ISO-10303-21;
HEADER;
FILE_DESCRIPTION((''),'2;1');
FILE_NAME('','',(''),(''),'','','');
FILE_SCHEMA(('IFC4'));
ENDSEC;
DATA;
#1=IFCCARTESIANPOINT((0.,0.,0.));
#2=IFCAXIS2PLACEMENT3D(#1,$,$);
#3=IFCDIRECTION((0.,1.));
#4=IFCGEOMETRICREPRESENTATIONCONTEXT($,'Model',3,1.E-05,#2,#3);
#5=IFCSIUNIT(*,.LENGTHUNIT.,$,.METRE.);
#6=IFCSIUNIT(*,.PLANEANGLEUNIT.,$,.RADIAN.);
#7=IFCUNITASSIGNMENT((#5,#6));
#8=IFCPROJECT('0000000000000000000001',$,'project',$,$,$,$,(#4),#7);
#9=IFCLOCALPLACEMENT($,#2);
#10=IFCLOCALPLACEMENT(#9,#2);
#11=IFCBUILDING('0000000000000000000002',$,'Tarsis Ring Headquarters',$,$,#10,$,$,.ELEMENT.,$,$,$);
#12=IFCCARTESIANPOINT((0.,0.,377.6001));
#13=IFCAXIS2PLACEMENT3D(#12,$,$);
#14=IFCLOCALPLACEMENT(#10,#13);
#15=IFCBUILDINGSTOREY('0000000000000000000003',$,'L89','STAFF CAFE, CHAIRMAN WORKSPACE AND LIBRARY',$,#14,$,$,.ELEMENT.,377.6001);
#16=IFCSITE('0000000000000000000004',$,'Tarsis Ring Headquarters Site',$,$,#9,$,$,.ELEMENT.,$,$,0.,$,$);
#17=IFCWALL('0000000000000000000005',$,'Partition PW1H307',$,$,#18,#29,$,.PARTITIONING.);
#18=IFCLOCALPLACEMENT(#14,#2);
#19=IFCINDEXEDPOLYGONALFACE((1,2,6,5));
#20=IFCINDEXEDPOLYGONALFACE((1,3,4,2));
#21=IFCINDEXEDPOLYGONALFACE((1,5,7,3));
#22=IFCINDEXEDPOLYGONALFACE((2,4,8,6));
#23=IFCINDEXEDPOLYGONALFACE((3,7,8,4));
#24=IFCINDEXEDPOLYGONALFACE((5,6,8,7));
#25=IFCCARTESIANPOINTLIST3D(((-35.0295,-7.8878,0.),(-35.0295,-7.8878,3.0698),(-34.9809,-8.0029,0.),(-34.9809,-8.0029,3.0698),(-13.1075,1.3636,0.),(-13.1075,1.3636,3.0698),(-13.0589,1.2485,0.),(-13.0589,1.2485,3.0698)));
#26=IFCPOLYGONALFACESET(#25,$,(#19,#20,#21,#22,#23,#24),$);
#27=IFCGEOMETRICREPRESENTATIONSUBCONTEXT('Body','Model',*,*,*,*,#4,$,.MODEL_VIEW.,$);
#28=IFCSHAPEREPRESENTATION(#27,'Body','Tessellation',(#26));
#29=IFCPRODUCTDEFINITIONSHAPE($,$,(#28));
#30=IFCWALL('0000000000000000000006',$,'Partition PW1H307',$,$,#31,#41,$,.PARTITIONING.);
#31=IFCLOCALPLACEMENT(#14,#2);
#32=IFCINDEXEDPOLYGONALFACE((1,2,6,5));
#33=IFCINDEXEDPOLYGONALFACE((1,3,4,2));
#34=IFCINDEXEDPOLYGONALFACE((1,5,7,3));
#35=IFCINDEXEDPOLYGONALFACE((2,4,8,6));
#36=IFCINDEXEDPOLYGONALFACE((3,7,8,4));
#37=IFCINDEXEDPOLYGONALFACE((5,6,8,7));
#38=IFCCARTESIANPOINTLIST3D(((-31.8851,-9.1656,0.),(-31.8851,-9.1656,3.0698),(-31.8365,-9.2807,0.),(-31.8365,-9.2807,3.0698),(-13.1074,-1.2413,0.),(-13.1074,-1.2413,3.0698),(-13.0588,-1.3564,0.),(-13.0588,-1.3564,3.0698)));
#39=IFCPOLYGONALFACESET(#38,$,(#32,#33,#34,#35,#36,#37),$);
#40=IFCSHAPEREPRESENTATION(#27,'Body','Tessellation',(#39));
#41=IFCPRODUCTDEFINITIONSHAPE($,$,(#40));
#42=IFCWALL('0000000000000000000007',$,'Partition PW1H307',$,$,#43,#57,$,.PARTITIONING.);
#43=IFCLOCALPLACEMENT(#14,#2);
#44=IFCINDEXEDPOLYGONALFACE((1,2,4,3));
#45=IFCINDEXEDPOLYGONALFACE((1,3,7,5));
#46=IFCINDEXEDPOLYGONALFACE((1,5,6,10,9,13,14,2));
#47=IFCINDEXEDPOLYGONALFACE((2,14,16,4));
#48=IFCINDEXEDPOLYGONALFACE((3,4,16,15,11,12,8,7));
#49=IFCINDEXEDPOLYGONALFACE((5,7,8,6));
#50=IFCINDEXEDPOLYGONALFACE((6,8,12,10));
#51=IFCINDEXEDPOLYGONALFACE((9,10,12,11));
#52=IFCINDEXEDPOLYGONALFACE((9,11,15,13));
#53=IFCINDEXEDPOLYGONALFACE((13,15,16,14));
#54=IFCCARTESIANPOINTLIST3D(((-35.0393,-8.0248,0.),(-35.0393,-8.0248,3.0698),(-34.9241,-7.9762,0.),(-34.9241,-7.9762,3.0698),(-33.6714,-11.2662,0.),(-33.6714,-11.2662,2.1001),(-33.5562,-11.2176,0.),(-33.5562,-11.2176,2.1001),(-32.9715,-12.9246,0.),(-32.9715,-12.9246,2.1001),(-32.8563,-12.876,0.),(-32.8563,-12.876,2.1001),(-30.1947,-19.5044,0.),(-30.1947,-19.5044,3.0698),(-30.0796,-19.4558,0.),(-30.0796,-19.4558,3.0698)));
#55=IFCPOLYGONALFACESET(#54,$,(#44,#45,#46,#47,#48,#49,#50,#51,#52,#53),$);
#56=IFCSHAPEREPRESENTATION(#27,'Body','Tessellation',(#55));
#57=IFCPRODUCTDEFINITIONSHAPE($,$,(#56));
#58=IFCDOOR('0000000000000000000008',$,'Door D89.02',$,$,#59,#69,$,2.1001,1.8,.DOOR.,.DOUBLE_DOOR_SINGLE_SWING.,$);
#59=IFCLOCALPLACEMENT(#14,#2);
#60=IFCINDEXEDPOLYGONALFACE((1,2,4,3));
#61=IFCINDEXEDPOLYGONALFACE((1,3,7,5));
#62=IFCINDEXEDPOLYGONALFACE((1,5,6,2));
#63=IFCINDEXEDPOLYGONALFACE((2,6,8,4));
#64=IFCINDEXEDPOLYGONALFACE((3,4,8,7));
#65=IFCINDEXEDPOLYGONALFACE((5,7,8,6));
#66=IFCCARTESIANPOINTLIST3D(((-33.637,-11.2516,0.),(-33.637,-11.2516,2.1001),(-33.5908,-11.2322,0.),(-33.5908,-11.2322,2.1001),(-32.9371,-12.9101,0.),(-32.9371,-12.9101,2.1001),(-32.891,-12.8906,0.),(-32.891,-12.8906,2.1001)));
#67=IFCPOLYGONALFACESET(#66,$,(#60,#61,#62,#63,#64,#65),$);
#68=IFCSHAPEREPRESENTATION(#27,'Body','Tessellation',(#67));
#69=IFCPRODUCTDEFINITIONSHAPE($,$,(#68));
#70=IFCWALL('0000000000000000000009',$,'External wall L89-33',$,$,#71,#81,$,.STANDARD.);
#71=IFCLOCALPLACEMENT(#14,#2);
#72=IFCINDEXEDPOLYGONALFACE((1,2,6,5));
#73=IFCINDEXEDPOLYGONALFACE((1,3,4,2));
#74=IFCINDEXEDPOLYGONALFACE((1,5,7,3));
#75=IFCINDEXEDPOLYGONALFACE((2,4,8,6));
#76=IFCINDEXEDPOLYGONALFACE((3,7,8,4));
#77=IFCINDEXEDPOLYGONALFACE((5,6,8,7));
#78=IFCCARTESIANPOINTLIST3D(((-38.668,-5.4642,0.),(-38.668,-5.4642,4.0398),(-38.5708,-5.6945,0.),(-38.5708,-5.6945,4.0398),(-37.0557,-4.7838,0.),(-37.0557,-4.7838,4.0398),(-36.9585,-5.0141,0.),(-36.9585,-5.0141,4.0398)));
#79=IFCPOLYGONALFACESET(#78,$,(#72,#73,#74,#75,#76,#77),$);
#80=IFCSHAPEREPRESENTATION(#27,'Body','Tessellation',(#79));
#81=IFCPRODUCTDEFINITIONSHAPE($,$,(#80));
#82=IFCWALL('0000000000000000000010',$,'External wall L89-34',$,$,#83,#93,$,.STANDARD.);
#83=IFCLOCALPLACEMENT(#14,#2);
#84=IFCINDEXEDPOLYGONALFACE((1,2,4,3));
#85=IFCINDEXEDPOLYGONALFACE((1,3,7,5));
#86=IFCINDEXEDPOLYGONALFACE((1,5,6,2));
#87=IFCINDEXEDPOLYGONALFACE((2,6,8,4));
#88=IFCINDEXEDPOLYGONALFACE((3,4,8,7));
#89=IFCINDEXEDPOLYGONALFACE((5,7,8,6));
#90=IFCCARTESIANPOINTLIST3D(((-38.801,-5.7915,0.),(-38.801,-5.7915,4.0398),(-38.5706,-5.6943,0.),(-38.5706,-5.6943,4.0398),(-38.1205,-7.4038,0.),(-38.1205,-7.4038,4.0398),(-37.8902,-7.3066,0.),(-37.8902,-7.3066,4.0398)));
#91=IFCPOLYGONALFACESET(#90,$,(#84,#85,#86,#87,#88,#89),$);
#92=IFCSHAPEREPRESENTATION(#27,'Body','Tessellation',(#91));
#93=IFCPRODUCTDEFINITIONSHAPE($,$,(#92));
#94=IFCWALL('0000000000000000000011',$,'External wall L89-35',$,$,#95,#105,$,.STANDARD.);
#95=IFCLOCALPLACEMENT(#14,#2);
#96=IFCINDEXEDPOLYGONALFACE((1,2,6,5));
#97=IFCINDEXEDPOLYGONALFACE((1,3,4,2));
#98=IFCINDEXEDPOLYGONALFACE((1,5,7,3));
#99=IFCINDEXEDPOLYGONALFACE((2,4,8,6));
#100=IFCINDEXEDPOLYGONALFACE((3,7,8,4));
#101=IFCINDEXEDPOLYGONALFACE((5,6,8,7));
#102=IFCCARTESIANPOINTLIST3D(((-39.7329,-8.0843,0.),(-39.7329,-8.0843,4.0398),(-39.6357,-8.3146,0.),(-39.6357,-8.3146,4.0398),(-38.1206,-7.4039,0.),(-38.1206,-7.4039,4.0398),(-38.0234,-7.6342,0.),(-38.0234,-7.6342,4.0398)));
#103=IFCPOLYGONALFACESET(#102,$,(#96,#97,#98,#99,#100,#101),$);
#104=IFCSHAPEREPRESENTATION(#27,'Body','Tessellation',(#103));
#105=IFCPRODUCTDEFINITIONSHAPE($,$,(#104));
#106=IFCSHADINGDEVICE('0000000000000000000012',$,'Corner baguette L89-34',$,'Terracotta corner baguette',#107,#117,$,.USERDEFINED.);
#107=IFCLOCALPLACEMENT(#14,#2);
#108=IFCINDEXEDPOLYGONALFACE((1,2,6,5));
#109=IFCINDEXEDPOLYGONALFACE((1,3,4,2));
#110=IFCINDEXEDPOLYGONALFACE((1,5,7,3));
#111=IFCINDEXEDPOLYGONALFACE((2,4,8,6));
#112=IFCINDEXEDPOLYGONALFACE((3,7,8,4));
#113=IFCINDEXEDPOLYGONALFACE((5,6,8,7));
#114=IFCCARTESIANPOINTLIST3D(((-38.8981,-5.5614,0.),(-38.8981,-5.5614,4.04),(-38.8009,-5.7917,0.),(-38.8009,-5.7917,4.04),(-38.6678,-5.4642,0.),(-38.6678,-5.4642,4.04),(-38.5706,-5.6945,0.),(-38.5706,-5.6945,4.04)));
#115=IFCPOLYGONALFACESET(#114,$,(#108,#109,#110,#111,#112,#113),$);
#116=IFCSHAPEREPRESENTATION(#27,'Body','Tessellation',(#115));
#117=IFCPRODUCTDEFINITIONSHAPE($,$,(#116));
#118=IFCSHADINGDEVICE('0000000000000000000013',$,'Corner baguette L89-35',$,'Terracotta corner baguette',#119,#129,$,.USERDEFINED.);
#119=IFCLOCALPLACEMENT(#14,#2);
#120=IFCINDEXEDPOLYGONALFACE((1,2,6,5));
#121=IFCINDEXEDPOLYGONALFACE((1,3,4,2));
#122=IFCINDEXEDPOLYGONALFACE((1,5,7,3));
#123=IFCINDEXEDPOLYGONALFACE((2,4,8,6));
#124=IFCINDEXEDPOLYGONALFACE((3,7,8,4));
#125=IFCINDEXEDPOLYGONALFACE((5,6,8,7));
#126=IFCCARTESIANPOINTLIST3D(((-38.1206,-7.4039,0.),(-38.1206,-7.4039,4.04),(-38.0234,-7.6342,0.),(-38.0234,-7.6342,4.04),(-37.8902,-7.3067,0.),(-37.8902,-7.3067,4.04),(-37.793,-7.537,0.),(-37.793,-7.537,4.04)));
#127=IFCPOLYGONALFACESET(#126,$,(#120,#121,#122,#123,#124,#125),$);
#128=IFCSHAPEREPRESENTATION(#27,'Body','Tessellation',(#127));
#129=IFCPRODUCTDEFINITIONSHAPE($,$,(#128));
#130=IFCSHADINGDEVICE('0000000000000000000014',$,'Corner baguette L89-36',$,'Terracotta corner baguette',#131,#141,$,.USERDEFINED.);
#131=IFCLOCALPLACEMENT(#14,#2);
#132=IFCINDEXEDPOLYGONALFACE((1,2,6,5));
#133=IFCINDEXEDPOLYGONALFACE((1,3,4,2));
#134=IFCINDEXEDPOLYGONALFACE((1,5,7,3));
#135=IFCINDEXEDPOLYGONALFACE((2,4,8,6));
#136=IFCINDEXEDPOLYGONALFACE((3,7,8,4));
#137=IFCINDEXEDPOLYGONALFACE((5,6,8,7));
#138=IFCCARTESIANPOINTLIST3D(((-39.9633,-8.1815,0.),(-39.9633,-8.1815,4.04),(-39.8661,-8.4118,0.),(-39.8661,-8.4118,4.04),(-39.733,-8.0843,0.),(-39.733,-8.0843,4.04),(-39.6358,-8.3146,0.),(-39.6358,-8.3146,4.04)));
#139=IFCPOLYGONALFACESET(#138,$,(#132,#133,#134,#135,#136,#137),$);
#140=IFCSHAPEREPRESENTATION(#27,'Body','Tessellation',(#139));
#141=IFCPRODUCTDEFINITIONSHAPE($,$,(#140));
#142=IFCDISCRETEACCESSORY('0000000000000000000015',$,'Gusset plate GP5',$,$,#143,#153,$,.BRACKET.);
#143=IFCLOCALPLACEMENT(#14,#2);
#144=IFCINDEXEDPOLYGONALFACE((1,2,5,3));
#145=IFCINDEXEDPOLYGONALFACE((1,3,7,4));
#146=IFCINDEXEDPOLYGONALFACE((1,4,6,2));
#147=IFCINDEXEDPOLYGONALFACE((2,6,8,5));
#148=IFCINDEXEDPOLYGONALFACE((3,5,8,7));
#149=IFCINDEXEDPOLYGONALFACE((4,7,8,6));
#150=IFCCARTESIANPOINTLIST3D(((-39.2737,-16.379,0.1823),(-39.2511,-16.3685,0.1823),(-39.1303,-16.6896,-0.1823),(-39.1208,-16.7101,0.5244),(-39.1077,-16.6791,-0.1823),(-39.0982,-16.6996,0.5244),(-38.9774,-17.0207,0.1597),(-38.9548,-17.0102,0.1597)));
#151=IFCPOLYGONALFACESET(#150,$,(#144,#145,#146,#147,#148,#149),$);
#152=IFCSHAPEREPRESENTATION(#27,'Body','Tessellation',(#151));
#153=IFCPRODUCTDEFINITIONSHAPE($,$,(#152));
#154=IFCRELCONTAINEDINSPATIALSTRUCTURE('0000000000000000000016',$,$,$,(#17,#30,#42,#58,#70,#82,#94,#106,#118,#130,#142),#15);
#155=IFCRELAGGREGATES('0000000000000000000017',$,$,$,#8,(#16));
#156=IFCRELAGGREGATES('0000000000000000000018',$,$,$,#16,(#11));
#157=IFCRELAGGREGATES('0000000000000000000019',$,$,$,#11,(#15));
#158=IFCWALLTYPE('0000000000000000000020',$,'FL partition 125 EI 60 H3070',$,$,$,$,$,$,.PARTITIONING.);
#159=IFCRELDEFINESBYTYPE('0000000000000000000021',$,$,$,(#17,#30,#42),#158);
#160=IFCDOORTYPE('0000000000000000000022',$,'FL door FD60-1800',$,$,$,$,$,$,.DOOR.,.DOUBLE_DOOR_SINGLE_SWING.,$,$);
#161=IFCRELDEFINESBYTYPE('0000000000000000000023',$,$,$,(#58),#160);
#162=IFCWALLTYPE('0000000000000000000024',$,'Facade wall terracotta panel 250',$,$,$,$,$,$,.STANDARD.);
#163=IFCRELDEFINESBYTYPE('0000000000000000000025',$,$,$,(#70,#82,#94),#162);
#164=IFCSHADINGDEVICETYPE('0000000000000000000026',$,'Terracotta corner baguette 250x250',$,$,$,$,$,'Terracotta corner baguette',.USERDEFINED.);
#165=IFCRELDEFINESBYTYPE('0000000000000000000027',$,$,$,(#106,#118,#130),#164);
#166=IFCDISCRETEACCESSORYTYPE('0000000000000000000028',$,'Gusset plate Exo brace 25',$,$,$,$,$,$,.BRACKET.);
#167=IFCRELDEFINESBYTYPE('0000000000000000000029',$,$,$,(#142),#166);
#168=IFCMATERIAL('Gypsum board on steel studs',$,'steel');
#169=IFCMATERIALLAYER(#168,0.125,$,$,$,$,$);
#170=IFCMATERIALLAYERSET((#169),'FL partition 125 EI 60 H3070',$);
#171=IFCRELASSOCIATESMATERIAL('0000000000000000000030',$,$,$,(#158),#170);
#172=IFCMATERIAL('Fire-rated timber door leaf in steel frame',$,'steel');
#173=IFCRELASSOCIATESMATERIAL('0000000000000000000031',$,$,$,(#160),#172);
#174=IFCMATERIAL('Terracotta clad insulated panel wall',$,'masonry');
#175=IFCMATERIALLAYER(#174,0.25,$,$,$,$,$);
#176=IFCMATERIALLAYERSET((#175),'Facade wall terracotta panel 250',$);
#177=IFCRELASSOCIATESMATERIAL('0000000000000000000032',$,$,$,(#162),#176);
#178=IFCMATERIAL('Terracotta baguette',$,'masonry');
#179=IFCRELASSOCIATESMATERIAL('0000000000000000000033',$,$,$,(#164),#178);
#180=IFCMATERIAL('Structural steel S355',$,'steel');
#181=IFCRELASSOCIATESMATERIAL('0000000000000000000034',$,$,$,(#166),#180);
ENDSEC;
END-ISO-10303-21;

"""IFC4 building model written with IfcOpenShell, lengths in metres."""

from ifc_helpers import new_model, si_unit, direction, frame, frame_2d, origin, origin_2d, place, context, subcontext, project, spatial, rectangle, extrude, material, layer, layer_set, material_profile, profile_set, type_object, element, fill, save


model = new_model("IFC4")

# Units and contexts
model_context = context("Model", 3, precision=1e-05, world=origin(), true_north=direction((0.0, 1.0)))
body_context = subcontext(model_context, "Body", "Model", "MODEL_VIEW")
ifc_project = project(units=[si_unit("LENGTHUNIT", "METRE"), si_unit("PLANEANGLEUNIT", "RADIAN")], contexts=[model_context])

# Site, building, storey
site_placement = place(None, origin())
site = spatial("IfcSite", under=ifc_project, at=site_placement, Name="Tarsis Ring Headquarters Site", CompositionType="ELEMENT", RefElevation=0.0)
building_placement = place(site_placement, origin())
building = spatial("IfcBuilding", under=site, at=building_placement, Name="Tarsis Ring Headquarters", CompositionType="ELEMENT")
storey_placement = place(building_placement, frame((0.0, 0.0, 377.6001)))
storey = spatial("IfcBuildingStorey", under=building, at=storey_placement, Name="L89", Description="STAFF CAFE, CHAIRMAN WORKSPACE AND LIBRARY", CompositionType="ELEMENT", Elevation=377.6001)

# Walls
ifc_material_1 = material(Name="Gypsum board on steel studs", Category="steel")
ifc_layer_1 = layer(ifc_material_1, 0.125)
ifc_layer_set_1 = layer_set([ifc_layer_1], Name="FL partition 125 EI 60 H3070")
wall_type_1 = type_object("IfcWallType", Name="FL partition 125 EI 60 H3070", PredefinedType="PARTITIONING", material=ifc_layer_set_1)
wall_1_placement = place(storey_placement, frame((-35.0051, -7.9453, 0.0), z_axis=(0.0, 0.0, 1.0), x_axis=(0.921318, 0.38881, 0.0)))
element("IfcWall", 1, at=wall_1_placement, inside=storey, type_object=wall_type_1, Name="Partition PW1H307", PredefinedType="PARTITIONING", context=body_context, shape_type="SweptSolid", body=[
    extrude(rectangle(XDim=23.7942, YDim=0.125, at=frame_2d((11.897, 0.0))), origin(), (0.0, 0.0, 1.0), 3.0698),
])
wall_2_placement = place(storey_placement, frame((-31.8608, -9.2231, 0.0), z_axis=(0.0, 0.0, 1.0), x_axis=(0.921322, 0.388801, 0.0)))
element("IfcWall", 2, at=wall_2_placement, inside=storey, type_object=wall_type_1, Name="Partition PW1H307", PredefinedType="PARTITIONING", context=body_context, shape_type="SweptSolid", body=[
    extrude(rectangle(XDim=20.3813, YDim=0.125, at=frame_2d((10.1907, 0.0))), origin(), (0.0, 0.0, 1.0), 3.0698),
])

# Wall, opening, door
wall_3_placement = place(storey_placement, frame((-34.9817, -8.0005, 0.0), z_axis=(0.0, 0.0, 1.0), x_axis=(0.388808, -0.921319, 0.0)))
wall_3 = element("IfcWall", 3, at=wall_3_placement, inside=storey, type_object=wall_type_1, Name="Partition PW1H307", PredefinedType="PARTITIONING", context=body_context, shape_type="SweptSolid", body=[
    extrude(rectangle(XDim=12.46, YDim=0.125, at=frame_2d((6.23, 0.0))), origin(), (0.0, 0.0, 1.0), 3.0698),
])
opening_placement = place(wall_3_placement, frame((3.5183, 0.0, 0.0)))
opening = element("IfcOpeningElement", 4, at=opening_placement, cuts=wall_3, PredefinedType="OPENING", context=body_context, shape_type="SweptSolid", body=[
    extrude(rectangle(XDim=1.8, YDim=2.1001, at=frame_2d((0.8999, 1.05))), frame((0.0, 0.0725, 0.0), z_axis=(0.0, -1.0, 0.0), x_axis=(1.0, 0.0, 0.0)), (0.0, 0.0, 1.0), 0.145),
])
ifc_material_2 = material(Name="Fire-rated timber door leaf in steel frame", Category="steel")
door_type = type_object("IfcDoorType", Name="FL door FD60-1800", OperationType="DOUBLE_DOOR_SINGLE_SWING", PredefinedType="DOOR", material=ifc_material_2)
door_placement = place(opening_placement, origin())
door = element("IfcDoor", 5, at=door_placement, inside=storey, type_object=door_type, Name="Door D89.02", OperationType="DOUBLE_DOOR_SINGLE_SWING", OverallHeight=2.1001, OverallWidth=1.8, PredefinedType="DOOR", context=body_context, shape_type="SweptSolid", body=[
    extrude(rectangle(XDim=1.8, YDim=2.1001, at=frame_2d((0.8999, 1.05))), frame((0.0, 0.0249, 0.0), z_axis=(0.0, -1.0, 0.0), x_axis=(1.0, 0.0, 0.0)), (0.0, 0.0, 1.0), 0.05),
])
fill(opening, door)

# Walls
ifc_material_3 = material(Name="Terracotta clad insulated panel wall", Category="masonry")
ifc_layer_2 = layer(ifc_material_3, 0.25)
ifc_layer_set_2 = layer_set([ifc_layer_2], Name="Facade wall terracotta panel 250")
wall_type_2 = type_object("IfcWallType", Name="Facade wall terracotta panel 250", PredefinedType="STANDARD", material=ifc_layer_set_2)
for number, where, z_axis, x_axis, name in (
    (6, (-37.0071, -4.8989, 0.0), (0.0, 0.0, 1.0), (-0.921317, -0.388812, 0.0), "External wall L89-33"),
    (7, (-38.6858, -5.7429, 0.0), (0.0, 0.0, 1.0), (0.388812, -0.921317, 0.0), "External wall L89-34"),
    (8, (-38.072, -7.519, 0.0), (0.0, 0.0, 1.0), (-0.921317, -0.388812, 0.0), "External wall L89-35"),
):
    element("IfcWall", number, at=place(storey_placement, frame(where, z_axis=z_axis, x_axis=x_axis)), inside=storey, type_object=wall_type_2, Name=name, PredefinedType="STANDARD", context=body_context, shape_type="SweptSolid", body=[
        extrude(rectangle(XDim=1.75, YDim=0.25, at=frame_2d((0.875, 0.0))), origin(), (0.0, 0.0, 1.0), 4.0398),
    ])

# Shading devices
ifc_material_4 = material(Name="Terracotta baguette", Category="masonry")
shading_device_type = type_object("IfcShadingDeviceType", Name="Terracotta corner baguette 250x250", ElementType="Terracotta corner baguette", PredefinedType="USERDEFINED", material=ifc_material_4)
for number, where, z_axis, x_axis, name in (
    (9, (-38.7344, -5.6279, 0.0), (0.0, 0.0, 1.0), (-0.921321, -0.388803, 0.0), "Corner baguette L89-34"),
    (10, (-37.9568, -7.4705, 0.0), (0.0, 0.0, 1.0), (0.388803, -0.921321, 0.0), "Corner baguette L89-35"),
    (11, (-39.7996, -8.248, 0.0), (0.0, 0.0, 1.0), (-0.921321, -0.388802, 0.0), "Corner baguette L89-36"),
):
    element("IfcShadingDevice", number, at=place(storey_placement, frame(where, z_axis=z_axis, x_axis=x_axis)), inside=storey, type_object=shading_device_type, Name=name, ObjectType="Terracotta corner baguette", PredefinedType="USERDEFINED", context=body_context, shape_type="SweptSolid", body=[
        extrude(rectangle(XDim=0.25, YDim=0.25, at=origin_2d()), origin(), (0.0, 0.0, 1.0), 4.04),
    ])

# Discrete accessory
ifc_material_5 = material(Name="Structural steel S355", Category="steel")
ifc_material_profile_1 = material_profile(ifc_material_5, rectangle(XDim=0.0249, YDim=0.5, at=origin_2d()), Name="PL 25x500")
ifc_profile_set_1 = profile_set([ifc_material_profile_1], Name="Structural steel S355")
discrete_accessory_type = type_object("IfcDiscreteAccessoryType", Name="Gusset plate Exo brace 25", PredefinedType="BRACKET", material=ifc_profile_set_1)
discrete_accessory_placement = place(storey_placement, frame((-39.1907, -16.5291, 0.0), z_axis=(0.305697, -0.66218, 0.684155), x_axis=(0.90792, 0.419143, 0.0)))
element("IfcDiscreteAccessory", 12, at=discrete_accessory_placement, inside=storey, type_object=discrete_accessory_type, Name="Gusset plate GP5", PredefinedType="BRACKET", context=body_context, shape_type="SweptSolid", body=[
    extrude(rectangle(XDim=0.0249, YDim=0.5, at=origin_2d()), origin(), (0.0, 0.0, 1.0), 0.5),
])

save(model, "model.ifc")
